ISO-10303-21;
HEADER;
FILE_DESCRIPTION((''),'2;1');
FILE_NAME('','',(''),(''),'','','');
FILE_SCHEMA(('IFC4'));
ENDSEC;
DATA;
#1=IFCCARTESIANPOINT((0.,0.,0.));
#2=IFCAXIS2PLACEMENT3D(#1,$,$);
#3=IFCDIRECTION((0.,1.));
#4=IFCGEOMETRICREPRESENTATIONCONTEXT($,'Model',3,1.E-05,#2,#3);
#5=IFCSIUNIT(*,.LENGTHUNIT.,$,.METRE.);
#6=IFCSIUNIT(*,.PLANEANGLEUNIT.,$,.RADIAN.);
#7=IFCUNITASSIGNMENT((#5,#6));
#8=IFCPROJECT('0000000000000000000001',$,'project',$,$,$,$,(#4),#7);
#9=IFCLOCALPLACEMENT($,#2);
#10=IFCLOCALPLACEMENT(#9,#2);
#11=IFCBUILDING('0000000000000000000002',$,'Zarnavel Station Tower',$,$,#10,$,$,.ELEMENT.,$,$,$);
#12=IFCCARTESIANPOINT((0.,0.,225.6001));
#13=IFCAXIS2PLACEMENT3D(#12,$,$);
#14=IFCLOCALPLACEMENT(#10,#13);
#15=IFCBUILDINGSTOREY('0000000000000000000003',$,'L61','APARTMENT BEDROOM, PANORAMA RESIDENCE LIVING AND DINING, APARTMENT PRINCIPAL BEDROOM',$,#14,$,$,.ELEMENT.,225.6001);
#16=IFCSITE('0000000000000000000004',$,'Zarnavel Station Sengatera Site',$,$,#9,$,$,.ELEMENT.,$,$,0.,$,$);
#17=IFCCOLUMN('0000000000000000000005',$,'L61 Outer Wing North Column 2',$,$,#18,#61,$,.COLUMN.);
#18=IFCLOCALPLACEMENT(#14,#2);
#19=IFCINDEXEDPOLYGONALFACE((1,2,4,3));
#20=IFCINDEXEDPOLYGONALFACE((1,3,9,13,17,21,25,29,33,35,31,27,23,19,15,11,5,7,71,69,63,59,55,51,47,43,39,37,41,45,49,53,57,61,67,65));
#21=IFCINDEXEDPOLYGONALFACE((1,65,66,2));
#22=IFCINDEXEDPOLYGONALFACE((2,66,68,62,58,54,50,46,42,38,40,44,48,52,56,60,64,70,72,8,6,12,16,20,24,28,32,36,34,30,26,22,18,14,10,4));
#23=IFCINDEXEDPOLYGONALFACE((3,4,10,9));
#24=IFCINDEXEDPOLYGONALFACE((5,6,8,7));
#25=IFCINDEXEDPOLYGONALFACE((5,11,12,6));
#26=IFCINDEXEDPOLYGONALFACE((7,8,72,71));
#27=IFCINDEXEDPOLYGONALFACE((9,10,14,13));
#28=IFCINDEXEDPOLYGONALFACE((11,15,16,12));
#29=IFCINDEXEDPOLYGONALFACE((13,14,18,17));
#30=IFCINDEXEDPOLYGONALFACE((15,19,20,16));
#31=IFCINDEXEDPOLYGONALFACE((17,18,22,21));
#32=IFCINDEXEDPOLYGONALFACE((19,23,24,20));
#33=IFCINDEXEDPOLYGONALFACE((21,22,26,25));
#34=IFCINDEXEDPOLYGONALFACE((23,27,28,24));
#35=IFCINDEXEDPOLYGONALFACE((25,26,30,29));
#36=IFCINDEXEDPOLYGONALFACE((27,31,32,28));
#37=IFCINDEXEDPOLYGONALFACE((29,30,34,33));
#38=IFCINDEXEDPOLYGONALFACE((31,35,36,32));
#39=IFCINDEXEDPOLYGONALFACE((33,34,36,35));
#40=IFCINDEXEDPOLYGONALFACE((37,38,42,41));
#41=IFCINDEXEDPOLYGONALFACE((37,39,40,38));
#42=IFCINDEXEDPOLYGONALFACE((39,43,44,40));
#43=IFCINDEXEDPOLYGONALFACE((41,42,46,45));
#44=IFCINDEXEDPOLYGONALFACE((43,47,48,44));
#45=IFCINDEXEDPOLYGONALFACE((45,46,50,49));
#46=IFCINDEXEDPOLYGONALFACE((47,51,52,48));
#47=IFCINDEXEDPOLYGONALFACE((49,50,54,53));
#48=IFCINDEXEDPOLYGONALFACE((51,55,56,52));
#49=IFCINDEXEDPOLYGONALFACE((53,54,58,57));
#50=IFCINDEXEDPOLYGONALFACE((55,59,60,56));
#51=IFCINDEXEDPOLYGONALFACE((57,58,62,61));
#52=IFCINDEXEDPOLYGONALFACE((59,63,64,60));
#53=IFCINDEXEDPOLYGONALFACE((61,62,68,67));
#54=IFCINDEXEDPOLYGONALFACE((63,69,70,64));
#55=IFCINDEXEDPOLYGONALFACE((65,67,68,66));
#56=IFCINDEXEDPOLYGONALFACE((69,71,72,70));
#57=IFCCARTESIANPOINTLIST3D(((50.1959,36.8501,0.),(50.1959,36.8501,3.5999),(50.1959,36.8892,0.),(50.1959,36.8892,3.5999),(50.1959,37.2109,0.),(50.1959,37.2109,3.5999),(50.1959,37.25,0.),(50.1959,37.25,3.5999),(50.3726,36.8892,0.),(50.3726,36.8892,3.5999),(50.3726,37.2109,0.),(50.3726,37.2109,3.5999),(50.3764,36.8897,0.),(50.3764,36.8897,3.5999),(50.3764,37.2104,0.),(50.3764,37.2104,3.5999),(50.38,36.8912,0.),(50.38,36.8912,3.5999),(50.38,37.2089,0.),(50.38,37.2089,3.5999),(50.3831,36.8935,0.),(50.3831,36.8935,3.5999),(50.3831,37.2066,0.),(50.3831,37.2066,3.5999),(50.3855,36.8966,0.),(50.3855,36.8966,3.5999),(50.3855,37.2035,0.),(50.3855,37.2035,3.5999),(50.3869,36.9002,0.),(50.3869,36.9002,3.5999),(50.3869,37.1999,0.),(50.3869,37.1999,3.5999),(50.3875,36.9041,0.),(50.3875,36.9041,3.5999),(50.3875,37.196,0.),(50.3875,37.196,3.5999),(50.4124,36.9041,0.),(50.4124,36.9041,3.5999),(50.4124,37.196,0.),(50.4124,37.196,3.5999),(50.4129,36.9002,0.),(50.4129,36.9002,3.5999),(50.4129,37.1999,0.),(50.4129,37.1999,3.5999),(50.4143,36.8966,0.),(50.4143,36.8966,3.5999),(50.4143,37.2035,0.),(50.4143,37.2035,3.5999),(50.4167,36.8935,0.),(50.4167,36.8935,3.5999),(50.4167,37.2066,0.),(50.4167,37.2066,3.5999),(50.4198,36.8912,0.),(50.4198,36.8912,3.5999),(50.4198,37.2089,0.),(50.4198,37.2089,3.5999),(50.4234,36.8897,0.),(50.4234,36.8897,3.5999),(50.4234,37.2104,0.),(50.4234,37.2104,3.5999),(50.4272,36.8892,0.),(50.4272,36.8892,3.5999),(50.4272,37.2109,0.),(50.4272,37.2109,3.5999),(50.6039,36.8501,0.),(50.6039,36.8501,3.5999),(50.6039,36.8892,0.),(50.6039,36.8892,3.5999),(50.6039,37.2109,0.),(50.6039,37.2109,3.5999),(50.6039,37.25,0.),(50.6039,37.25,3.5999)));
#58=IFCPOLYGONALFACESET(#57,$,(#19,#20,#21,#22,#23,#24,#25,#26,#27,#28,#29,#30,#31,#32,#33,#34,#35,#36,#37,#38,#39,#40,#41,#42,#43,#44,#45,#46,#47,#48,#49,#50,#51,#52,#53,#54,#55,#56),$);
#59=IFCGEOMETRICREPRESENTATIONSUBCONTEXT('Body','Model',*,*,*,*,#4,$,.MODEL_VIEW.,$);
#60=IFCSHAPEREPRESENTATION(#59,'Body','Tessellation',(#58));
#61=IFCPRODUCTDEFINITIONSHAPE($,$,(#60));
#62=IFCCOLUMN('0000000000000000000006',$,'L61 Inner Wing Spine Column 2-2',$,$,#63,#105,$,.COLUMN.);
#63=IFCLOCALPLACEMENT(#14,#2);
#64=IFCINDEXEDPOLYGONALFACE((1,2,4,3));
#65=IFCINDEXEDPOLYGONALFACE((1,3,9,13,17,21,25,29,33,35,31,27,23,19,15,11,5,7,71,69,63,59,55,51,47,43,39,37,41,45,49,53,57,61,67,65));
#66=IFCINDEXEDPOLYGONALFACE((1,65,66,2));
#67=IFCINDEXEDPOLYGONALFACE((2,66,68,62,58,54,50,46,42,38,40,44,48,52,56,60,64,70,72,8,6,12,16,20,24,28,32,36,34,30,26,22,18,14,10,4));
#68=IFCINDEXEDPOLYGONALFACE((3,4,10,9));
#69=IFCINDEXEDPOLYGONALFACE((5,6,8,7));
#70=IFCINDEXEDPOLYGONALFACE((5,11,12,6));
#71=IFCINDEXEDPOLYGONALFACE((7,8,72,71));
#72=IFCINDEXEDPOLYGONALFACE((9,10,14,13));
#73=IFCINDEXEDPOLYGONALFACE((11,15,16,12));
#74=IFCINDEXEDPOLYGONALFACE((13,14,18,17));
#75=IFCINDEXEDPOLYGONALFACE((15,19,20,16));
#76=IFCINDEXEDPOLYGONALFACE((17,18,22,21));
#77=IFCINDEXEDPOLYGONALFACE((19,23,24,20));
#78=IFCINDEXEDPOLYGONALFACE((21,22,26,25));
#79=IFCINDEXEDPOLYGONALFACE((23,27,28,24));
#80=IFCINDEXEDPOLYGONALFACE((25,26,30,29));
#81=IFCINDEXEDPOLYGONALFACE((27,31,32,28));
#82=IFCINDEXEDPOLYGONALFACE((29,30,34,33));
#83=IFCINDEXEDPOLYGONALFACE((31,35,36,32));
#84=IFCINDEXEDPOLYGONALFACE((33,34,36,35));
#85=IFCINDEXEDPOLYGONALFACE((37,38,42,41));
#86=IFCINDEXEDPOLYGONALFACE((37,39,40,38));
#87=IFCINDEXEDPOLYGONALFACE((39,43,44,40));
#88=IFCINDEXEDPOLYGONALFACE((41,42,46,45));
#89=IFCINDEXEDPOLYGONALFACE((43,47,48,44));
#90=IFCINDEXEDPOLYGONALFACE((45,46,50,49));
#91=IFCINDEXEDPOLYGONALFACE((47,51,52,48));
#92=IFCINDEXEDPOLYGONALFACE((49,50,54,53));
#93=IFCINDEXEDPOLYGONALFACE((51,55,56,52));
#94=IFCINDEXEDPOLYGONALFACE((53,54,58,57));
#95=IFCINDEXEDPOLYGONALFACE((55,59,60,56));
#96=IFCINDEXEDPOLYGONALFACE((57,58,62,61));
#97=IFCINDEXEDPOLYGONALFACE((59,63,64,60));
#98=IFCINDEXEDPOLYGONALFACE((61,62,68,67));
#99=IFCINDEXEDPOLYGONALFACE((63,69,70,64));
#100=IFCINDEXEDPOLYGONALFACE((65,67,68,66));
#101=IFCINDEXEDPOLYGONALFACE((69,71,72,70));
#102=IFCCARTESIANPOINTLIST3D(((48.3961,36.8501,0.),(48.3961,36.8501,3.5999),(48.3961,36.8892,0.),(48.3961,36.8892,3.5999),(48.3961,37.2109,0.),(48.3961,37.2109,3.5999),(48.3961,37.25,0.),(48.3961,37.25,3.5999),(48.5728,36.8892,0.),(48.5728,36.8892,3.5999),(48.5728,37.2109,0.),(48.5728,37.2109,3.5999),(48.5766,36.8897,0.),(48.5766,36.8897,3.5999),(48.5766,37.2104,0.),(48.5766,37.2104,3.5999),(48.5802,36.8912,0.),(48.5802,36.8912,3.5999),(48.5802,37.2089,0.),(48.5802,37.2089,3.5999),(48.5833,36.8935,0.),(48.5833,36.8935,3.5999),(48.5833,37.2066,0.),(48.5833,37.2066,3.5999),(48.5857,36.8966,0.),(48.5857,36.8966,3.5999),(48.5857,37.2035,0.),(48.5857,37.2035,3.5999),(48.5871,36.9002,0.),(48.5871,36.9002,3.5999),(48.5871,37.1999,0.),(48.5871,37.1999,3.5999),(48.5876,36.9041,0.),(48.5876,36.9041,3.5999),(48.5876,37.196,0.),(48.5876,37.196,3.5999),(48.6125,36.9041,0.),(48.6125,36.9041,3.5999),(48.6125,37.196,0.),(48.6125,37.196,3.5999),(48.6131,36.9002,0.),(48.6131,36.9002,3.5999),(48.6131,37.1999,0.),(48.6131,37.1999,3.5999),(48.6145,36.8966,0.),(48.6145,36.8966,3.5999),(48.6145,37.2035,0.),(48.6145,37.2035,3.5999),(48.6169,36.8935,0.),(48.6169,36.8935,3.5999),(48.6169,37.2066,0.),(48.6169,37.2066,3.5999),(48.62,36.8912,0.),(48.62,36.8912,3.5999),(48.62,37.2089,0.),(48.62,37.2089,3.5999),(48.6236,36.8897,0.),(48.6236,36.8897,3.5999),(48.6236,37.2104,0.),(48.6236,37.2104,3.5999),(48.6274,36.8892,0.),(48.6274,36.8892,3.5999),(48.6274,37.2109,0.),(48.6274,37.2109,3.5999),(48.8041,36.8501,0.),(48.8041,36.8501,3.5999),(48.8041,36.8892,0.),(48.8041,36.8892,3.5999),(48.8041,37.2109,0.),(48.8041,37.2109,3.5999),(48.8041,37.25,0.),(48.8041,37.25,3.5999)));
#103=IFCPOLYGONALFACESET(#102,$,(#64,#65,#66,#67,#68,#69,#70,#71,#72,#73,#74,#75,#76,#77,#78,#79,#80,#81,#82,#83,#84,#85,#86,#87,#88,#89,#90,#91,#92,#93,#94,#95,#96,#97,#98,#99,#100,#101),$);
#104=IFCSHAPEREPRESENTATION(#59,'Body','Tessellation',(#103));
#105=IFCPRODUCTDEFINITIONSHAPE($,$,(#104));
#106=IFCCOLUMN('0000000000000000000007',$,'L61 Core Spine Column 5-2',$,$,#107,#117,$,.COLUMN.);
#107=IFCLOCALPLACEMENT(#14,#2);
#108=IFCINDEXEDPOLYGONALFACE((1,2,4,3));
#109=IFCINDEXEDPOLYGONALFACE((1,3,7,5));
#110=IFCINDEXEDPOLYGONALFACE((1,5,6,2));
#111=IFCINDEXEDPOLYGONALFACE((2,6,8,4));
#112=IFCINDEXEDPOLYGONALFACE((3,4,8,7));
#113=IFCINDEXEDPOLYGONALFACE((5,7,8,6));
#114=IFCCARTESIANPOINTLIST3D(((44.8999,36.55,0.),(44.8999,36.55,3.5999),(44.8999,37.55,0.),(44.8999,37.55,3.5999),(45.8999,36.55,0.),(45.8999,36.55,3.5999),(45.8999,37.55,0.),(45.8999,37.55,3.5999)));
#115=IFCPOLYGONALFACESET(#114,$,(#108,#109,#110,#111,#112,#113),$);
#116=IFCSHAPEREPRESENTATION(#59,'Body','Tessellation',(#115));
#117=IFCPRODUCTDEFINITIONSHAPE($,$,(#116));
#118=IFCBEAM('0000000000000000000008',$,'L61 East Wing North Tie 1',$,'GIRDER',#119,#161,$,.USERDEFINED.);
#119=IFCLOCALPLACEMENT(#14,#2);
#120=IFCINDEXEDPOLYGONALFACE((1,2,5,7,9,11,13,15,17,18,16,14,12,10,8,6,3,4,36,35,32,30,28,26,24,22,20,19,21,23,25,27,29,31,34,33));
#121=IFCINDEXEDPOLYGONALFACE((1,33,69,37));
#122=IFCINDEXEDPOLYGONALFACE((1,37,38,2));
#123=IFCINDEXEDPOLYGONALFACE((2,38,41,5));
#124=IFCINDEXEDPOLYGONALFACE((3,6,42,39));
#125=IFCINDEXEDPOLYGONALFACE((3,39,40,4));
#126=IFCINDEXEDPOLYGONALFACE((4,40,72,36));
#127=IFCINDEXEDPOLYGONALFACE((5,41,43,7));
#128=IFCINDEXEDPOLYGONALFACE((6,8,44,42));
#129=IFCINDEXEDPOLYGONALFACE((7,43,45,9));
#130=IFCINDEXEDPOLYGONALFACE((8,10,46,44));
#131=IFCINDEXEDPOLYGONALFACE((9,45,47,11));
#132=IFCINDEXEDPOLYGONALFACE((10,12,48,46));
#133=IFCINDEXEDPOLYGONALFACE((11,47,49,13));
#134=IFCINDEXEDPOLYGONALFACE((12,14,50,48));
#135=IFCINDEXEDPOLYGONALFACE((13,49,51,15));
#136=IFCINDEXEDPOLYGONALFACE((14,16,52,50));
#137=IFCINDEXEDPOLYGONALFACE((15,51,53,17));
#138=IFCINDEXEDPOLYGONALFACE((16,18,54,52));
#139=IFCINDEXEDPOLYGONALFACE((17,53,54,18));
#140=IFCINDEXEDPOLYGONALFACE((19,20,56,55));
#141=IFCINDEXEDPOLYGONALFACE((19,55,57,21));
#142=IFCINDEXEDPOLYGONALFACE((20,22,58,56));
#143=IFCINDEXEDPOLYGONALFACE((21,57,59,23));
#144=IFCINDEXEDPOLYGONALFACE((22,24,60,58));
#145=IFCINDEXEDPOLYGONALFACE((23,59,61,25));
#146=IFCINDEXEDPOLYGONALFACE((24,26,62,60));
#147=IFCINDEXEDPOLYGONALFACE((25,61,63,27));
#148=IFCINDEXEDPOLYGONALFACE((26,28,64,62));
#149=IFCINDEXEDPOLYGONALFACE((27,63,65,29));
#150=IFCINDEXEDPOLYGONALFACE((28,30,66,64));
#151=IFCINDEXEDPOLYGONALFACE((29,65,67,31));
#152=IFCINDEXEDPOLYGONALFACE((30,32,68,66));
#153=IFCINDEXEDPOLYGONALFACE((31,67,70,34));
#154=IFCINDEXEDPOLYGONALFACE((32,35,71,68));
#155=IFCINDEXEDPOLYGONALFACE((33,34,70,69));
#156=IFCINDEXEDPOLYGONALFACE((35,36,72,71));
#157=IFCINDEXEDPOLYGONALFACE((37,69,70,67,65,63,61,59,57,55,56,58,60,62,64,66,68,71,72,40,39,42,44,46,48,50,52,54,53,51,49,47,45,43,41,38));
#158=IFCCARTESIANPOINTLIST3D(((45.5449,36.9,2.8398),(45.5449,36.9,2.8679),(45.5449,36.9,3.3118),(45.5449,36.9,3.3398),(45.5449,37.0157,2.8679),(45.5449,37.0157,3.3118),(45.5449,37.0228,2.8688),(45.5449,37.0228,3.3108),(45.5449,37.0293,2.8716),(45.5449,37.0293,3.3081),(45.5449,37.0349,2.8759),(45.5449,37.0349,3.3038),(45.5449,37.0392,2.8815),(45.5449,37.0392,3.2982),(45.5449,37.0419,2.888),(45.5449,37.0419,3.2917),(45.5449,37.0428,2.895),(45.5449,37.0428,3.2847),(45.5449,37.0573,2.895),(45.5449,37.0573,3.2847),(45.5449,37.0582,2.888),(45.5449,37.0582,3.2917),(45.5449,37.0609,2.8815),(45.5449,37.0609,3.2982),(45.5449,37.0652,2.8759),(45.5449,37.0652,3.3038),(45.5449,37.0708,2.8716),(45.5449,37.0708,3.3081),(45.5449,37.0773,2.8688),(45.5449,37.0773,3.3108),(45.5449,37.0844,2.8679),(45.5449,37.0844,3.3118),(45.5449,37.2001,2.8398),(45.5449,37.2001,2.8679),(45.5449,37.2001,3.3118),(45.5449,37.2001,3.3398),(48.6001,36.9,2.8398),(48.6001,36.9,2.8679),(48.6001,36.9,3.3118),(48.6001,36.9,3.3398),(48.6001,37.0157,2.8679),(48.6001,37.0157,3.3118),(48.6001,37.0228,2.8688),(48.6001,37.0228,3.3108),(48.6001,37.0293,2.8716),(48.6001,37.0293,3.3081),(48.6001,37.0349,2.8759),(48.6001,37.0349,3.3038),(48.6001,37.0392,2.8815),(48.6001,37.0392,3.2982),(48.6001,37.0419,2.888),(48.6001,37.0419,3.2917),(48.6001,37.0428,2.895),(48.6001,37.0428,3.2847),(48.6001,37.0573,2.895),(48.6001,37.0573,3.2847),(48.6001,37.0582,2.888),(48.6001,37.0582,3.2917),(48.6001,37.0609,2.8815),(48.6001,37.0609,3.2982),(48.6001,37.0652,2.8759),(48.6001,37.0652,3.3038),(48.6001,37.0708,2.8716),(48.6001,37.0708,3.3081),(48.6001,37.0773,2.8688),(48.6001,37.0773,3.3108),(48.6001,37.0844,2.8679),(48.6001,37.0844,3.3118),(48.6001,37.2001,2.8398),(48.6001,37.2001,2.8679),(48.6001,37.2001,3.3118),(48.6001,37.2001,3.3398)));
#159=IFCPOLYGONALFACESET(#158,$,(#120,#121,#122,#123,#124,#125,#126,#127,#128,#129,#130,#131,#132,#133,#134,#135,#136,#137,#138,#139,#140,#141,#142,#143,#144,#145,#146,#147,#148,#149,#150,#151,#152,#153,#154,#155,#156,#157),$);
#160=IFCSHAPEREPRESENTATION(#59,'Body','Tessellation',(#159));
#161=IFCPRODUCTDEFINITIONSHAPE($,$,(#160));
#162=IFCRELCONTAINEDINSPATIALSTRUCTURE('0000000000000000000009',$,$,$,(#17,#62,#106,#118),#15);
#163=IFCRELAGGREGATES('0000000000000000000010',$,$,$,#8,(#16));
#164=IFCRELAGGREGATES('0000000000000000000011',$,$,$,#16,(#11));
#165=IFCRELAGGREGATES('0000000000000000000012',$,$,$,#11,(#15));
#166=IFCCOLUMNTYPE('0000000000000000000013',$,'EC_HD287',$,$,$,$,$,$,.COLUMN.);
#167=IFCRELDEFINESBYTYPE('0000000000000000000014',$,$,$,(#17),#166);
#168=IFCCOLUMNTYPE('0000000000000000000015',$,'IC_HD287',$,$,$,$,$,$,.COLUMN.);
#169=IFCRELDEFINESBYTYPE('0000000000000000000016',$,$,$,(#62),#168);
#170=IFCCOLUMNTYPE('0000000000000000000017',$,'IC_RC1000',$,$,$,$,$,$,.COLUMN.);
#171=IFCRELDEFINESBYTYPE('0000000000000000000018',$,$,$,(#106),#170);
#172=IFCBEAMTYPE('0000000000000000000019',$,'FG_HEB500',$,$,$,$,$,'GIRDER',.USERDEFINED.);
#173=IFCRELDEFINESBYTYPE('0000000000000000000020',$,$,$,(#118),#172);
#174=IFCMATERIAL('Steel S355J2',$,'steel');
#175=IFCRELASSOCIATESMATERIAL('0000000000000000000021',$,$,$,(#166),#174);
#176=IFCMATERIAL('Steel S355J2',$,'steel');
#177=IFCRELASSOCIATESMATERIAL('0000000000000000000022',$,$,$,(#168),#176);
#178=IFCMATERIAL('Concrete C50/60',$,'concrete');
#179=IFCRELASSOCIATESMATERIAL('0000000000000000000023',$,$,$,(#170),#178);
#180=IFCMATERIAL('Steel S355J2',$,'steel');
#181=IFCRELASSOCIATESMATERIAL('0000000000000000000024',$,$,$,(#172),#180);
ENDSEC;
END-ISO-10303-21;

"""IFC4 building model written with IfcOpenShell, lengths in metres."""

from ifc_helpers import new_model, si_unit, direction, frame, origin, origin_2d, place, context, subcontext, project, spatial, rectangle, i_section, extrude, material, material_profile, profile_set, type_object, element, save


model = new_model("IFC4")

# Units and contexts
model_context = context("Model", 3, precision=1e-05, world=origin(), true_north=direction((0.0, 1.0)))
body_context = subcontext(model_context, "Body", "Model", "MODEL_VIEW")
ifc_project = project(units=[si_unit("LENGTHUNIT", "METRE"), si_unit("PLANEANGLEUNIT", "RADIAN")], contexts=[model_context])

# Site, building, storey
site_placement = place(None, origin())
site = spatial("IfcSite", under=ifc_project, at=site_placement, Name="Zarnavel Station Sengatera Site", CompositionType="ELEMENT", RefElevation=0.0)
building_placement = place(site_placement, origin())
building = spatial("IfcBuilding", under=site, at=building_placement, Name="Zarnavel Station Tower", CompositionType="ELEMENT")
storey_placement = place(building_placement, frame((0.0, 0.0, 225.6001)))
storey = spatial("IfcBuildingStorey", under=building, at=storey_placement, Name="L61", Description="APARTMENT BEDROOM, PANORAMA RESIDENCE LIVING AND DINING, APARTMENT PRINCIPAL BEDROOM", CompositionType="ELEMENT", Elevation=225.6001)

# Columns
ifc_material_1 = material(Name="Steel S355J2", Category="steel")
ifc_material_profile_1 = material_profile(ifc_material_1, i_section(OverallWidth=0.408, OverallDepth=0.3999, WebThickness=0.0249, FlangeThickness=0.0391, FilletRadius=0.0149, at=origin_2d()), Name="HD400x287")
ifc_profile_set_1 = profile_set([ifc_material_profile_1], Name="Steel S355J2")
column_type_1 = type_object("IfcColumnType", Name="EC_HD287", PredefinedType="COLUMN", material=ifc_profile_set_1)
column_1_placement = place(storey_placement, frame((50.3999, 37.05, 0.0), z_axis=(0.0, 0.0, 1.0), x_axis=(1.0, 0.0, 0.0)))
element("IfcColumn", 1, at=column_1_placement, inside=storey, type_object=column_type_1, Name="L61 Outer Wing North Column 2", PredefinedType="COLUMN", context=body_context, shape_type="SweptSolid", body=[
    extrude(i_section(OverallWidth=0.408, OverallDepth=0.3999, WebThickness=0.0249, FlangeThickness=0.0391, FilletRadius=0.0149, at=origin_2d()), origin(), (0.0, 0.0, 1.0), 3.5999),
])
ifc_material_2 = material(Name="Steel S355J2", Category="steel")
ifc_material_profile_2 = material_profile(ifc_material_2, i_section(OverallWidth=0.408, OverallDepth=0.3999, WebThickness=0.0249, FlangeThickness=0.0391, FilletRadius=0.0149, at=origin_2d()), Name="HD400x287")
ifc_profile_set_2 = profile_set([ifc_material_profile_2], Name="Steel S355J2")
column_type_2 = type_object("IfcColumnType", Name="IC_HD287", PredefinedType="COLUMN", material=ifc_profile_set_2)
column_2_placement = place(storey_placement, frame((48.6001, 37.05, 0.0), z_axis=(0.0, 0.0, 1.0), x_axis=(1.0, 0.0, 0.0)))
element("IfcColumn", 2, at=column_2_placement, inside=storey, type_object=column_type_2, Name="L61 Inner Wing Spine Column 2-2", PredefinedType="COLUMN", context=body_context, shape_type="SweptSolid", body=[
    extrude(i_section(OverallWidth=0.408, OverallDepth=0.3999, WebThickness=0.0249, FlangeThickness=0.0391, FilletRadius=0.0149, at=origin_2d()), origin(), (0.0, 0.0, 1.0), 3.5999),
])
ifc_material_3 = material(Name="Concrete C50/60", Category="concrete")
ifc_material_profile_3 = material_profile(ifc_material_3, rectangle(XDim=1.0, YDim=1.0, at=origin_2d()), Name="RC1000x1000")
ifc_profile_set_3 = profile_set([ifc_material_profile_3], Name="Concrete C50/60")
column_type_3 = type_object("IfcColumnType", Name="IC_RC1000", PredefinedType="COLUMN", material=ifc_profile_set_3)
column_3_placement = place(storey_placement, frame((45.3999, 37.05, 0.0), z_axis=(0.0, 0.0, 1.0), x_axis=(1.0, 0.0, 0.0)))
element("IfcColumn", 3, at=column_3_placement, inside=storey, type_object=column_type_3, Name="L61 Core Spine Column 5-2", PredefinedType="COLUMN", context=body_context, shape_type="SweptSolid", body=[
    extrude(rectangle(XDim=1.0, YDim=1.0, at=origin_2d()), origin(), (0.0, 0.0, 1.0), 3.5999),
])

# Beam
ifc_material_4 = material(Name="Steel S355J2", Category="steel")
ifc_material_profile_4 = material_profile(ifc_material_4, i_section(OverallWidth=0.3, OverallDepth=0.5, WebThickness=0.0144, FlangeThickness=0.0281, FilletRadius=0.0271, at=origin_2d()), Name="HEB500")
ifc_profile_set_4 = profile_set([ifc_material_profile_4], Name="Steel S355J2")
beam_type = type_object("IfcBeamType", Name="FG_HEB500", ElementType="GIRDER", PredefinedType="USERDEFINED", material=ifc_profile_set_4)
beam_1_placement = place(storey_placement, frame((45.5449, 37.05, 3.0898), z_axis=(1.0, 0.0, 0.0), x_axis=(0.0, 1.0, 0.0)))
element("IfcBeam", 4, at=beam_1_placement, inside=storey, type_object=beam_type, Name="L61 East Wing North Tie 1", ObjectType="GIRDER", PredefinedType="USERDEFINED", context=body_context, shape_type="SweptSolid", body=[
    extrude(i_section(OverallWidth=0.3, OverallDepth=0.5, WebThickness=0.0144, FlangeThickness=0.0281, FilletRadius=0.0271, at=origin_2d()), origin(), (0.0, 0.0, 1.0), 3.0552),
])

save(model, "model.ifc")
